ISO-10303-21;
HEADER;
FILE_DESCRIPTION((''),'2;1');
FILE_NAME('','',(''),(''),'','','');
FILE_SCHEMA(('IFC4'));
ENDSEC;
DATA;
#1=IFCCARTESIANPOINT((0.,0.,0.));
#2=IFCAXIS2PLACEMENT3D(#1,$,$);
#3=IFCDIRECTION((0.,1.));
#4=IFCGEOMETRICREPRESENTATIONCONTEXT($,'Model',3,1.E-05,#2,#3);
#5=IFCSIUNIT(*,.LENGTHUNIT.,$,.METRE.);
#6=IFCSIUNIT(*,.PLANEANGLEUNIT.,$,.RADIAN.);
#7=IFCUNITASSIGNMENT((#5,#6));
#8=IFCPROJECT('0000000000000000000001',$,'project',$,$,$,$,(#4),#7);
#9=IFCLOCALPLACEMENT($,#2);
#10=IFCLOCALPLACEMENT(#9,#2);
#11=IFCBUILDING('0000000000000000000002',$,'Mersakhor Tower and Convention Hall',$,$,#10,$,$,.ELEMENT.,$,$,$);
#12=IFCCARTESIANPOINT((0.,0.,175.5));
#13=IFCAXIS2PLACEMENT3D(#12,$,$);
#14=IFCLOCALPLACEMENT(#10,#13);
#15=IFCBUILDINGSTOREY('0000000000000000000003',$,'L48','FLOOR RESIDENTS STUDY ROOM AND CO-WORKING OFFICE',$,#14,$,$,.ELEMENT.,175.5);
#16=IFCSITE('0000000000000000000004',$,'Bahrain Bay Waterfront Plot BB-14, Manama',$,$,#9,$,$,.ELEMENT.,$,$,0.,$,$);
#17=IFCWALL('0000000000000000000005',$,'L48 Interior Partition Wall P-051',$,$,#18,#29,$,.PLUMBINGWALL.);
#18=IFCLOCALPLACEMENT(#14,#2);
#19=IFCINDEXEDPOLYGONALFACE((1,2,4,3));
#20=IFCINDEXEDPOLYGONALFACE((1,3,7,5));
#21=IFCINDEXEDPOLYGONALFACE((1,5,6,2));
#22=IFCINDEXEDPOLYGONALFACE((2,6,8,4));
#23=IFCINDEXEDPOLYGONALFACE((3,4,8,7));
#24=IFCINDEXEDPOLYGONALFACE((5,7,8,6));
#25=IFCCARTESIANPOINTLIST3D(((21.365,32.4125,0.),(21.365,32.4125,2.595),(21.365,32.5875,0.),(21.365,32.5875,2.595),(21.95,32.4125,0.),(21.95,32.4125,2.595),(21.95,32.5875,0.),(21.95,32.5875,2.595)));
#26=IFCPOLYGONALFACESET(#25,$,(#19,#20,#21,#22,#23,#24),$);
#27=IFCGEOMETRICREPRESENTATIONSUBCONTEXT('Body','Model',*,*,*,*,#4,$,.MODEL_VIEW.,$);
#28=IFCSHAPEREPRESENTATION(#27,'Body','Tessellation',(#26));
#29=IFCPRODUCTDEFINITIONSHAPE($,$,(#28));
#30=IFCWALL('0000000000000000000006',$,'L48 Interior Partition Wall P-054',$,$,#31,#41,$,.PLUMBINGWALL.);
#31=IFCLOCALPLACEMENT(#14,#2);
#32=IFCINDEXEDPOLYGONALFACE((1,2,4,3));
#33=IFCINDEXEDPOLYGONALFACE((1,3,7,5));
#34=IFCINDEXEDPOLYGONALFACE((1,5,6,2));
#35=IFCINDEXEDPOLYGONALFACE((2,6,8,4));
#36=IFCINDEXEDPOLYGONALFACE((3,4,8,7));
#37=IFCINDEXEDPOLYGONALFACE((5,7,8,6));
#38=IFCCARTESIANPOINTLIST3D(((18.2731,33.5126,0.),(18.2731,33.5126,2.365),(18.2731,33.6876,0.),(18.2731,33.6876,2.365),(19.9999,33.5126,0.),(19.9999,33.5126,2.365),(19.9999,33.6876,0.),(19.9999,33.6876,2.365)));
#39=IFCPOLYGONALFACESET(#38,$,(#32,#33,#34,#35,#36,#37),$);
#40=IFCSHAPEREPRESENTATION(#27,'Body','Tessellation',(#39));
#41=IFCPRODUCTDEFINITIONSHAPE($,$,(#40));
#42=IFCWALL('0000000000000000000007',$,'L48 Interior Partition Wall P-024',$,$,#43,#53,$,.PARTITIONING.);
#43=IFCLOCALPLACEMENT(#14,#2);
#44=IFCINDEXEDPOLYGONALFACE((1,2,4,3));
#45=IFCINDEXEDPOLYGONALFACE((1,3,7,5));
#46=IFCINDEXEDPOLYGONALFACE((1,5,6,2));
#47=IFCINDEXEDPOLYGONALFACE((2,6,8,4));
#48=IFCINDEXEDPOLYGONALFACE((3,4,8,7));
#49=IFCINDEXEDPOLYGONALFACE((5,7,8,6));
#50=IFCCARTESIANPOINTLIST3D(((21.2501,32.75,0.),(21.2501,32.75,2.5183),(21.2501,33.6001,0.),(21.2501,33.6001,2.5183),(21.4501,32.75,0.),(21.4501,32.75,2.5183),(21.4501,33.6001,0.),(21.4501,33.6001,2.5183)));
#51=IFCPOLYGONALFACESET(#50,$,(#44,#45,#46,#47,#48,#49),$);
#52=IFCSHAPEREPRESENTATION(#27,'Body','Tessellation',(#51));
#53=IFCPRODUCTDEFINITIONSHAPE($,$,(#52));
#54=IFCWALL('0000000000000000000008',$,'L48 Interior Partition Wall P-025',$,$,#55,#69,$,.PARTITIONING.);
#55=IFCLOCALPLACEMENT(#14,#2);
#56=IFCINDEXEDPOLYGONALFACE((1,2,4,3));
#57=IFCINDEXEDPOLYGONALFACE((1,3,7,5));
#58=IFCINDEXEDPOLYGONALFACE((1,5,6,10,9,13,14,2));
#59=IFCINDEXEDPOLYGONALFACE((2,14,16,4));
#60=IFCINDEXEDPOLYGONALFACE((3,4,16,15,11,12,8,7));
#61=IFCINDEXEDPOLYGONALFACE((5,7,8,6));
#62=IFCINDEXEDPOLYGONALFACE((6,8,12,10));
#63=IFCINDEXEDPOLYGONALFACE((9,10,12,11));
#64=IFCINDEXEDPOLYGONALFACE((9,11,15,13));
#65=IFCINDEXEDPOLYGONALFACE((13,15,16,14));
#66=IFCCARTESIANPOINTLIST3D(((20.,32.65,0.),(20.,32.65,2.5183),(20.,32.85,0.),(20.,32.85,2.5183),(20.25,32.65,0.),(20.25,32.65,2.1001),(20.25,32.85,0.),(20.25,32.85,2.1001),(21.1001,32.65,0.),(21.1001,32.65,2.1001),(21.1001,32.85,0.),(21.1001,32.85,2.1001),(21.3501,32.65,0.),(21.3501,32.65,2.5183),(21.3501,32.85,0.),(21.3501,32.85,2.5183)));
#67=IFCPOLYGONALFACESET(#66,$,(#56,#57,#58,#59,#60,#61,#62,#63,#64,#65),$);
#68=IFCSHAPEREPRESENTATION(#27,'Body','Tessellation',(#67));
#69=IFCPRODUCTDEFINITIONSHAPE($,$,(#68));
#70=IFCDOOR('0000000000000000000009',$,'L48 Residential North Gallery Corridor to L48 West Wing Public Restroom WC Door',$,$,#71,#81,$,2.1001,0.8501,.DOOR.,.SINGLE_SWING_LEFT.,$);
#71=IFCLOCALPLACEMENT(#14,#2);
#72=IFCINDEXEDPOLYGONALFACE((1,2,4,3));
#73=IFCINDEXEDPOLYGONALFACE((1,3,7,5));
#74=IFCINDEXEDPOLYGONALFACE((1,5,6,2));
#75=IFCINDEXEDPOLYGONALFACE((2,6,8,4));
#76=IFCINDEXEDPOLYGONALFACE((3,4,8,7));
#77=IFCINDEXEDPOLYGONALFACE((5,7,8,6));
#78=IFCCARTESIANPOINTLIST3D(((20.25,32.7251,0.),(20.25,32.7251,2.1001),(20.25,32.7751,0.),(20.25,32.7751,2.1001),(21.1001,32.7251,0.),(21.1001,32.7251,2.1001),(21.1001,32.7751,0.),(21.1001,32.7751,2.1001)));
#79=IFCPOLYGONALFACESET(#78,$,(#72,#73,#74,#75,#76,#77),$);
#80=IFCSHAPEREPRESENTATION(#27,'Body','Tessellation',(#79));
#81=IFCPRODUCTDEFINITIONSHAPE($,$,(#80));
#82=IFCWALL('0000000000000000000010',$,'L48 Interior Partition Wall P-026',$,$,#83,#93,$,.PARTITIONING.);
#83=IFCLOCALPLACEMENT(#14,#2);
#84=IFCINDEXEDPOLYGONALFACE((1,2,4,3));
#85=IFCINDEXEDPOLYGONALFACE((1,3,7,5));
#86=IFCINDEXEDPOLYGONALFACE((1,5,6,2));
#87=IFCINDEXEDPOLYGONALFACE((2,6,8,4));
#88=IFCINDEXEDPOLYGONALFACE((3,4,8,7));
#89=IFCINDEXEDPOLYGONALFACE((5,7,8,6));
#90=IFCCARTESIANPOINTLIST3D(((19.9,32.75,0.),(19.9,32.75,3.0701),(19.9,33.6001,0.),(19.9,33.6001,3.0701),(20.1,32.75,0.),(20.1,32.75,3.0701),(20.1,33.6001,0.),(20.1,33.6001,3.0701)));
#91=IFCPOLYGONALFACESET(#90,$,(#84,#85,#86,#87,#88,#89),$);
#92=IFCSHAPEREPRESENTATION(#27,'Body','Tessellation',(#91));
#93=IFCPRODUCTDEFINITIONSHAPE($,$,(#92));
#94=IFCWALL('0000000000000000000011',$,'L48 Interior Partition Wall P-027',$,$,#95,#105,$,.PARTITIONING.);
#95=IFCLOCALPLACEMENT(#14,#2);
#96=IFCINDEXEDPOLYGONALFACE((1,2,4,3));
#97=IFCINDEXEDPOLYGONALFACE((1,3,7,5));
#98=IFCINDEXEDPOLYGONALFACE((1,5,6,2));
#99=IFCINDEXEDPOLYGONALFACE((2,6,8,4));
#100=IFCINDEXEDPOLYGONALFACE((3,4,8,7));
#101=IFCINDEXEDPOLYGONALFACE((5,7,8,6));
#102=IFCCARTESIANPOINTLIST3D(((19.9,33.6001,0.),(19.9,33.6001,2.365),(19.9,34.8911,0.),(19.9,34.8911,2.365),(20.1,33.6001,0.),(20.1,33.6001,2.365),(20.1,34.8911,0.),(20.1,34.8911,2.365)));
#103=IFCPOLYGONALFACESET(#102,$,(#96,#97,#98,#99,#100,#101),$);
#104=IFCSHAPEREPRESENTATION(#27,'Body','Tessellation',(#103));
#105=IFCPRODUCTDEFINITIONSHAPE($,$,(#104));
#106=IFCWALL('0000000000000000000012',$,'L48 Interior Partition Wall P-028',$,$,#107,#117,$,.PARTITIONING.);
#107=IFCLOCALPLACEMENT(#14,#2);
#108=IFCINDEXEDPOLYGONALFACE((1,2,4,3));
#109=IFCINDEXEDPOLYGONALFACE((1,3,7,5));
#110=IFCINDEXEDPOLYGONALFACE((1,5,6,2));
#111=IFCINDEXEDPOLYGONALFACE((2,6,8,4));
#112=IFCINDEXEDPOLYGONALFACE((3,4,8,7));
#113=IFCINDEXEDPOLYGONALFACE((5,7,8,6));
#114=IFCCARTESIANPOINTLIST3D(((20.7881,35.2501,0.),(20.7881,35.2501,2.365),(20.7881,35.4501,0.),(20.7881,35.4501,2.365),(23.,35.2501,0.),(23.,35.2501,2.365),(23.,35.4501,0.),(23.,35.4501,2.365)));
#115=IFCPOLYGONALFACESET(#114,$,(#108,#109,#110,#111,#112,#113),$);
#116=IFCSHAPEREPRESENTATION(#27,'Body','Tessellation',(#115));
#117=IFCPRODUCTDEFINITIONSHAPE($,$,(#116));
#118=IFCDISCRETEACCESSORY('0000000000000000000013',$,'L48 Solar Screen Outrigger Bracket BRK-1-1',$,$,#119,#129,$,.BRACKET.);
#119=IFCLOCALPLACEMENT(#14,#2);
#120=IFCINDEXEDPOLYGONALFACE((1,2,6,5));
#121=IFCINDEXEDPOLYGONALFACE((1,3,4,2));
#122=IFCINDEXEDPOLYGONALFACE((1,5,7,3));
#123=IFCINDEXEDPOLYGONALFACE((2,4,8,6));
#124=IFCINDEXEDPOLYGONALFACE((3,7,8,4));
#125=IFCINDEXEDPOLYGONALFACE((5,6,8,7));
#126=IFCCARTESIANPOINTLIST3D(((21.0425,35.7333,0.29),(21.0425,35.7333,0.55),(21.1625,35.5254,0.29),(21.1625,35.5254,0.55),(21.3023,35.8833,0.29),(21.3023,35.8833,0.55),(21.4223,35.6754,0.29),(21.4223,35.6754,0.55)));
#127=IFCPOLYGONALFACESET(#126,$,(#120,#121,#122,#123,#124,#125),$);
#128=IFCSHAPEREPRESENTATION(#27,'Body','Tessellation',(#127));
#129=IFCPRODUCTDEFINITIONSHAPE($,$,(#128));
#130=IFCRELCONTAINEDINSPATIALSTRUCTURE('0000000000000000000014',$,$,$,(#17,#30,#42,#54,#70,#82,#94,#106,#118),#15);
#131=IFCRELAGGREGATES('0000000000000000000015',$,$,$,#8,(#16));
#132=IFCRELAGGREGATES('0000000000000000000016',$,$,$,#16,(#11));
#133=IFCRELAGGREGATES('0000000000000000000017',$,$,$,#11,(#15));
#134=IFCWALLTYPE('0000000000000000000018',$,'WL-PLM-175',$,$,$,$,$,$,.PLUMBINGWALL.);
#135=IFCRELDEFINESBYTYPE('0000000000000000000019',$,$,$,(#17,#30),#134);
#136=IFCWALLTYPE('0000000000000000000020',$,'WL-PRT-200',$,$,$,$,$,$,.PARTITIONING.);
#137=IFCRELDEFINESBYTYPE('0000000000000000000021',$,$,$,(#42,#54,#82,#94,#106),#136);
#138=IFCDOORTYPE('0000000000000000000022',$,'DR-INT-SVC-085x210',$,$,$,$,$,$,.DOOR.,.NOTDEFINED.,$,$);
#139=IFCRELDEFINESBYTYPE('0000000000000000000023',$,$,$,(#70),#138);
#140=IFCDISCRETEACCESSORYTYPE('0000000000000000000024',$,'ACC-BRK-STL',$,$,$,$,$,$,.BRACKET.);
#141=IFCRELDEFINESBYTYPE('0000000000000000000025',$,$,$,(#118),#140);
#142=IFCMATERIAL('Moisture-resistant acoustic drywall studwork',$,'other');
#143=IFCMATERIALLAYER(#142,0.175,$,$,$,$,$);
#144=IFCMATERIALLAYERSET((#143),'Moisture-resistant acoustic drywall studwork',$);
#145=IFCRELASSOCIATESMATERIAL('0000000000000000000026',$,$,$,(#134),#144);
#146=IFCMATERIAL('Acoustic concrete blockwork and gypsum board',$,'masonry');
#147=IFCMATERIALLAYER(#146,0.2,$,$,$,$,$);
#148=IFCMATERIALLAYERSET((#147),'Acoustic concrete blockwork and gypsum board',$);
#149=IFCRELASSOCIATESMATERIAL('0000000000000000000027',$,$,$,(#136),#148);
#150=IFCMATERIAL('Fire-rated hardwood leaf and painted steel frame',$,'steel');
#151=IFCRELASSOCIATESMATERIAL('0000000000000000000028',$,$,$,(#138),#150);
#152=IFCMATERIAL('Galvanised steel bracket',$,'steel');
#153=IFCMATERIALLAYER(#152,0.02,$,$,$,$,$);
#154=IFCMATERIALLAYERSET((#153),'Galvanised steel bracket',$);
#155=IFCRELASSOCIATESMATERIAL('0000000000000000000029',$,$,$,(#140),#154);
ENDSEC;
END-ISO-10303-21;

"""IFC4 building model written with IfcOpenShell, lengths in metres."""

from ifc_helpers import new_model, si_unit, direction, frame, frame_2d, origin, origin_2d, place, context, subcontext, project, spatial, rectangle, extrude, material, layer, layer_set, type_object, element, fill, save


model = new_model("IFC4")

# Units and contexts
model_context = context("Model", 3, precision=1e-05, world=origin(), true_north=direction((0.0, 1.0)))
body_context = subcontext(model_context, "Body", "Model", "MODEL_VIEW")
ifc_project = project(units=[si_unit("LENGTHUNIT", "METRE"), si_unit("PLANEANGLEUNIT", "RADIAN")], contexts=[model_context])

# Site, building, storey
site_placement = place(None, origin())
site = spatial("IfcSite", under=ifc_project, at=site_placement, Name="Bahrain Bay Waterfront Plot BB-14, Manama", CompositionType="ELEMENT", RefElevation=0.0)
building_placement = place(site_placement, origin())
building = spatial("IfcBuilding", under=site, at=building_placement, Name="Mersakhor Tower and Convention Hall", CompositionType="ELEMENT")
storey_placement = place(building_placement, frame((0.0, 0.0, 175.5)))
storey = spatial("IfcBuildingStorey", under=building, at=storey_placement, Name="L48", Description="FLOOR RESIDENTS STUDY ROOM AND CO-WORKING OFFICE", CompositionType="ELEMENT", Elevation=175.5)

# Walls
ifc_material_1 = material(Name="Moisture-resistant acoustic drywall studwork", Category="other")
ifc_layer_1 = layer(ifc_material_1, 0.175)
ifc_layer_set_1 = layer_set([ifc_layer_1], Name="Moisture-resistant acoustic drywall studwork")
wall_type_1 = type_object("IfcWallType", Name="WL-PLM-175", PredefinedType="PLUMBINGWALL", material=ifc_layer_set_1)
wall_1_placement = place(storey_placement, frame((21.365, 32.5, 0.0), z_axis=(0.0, 0.0, 1.0), x_axis=(1.0, 0.0, 0.0)))
element("IfcWall", 1, at=wall_1_placement, inside=storey, type_object=wall_type_1, Name="L48 Interior Partition Wall P-051", PredefinedType="PLUMBINGWALL", context=body_context, shape_type="SweptSolid", body=[
    extrude(rectangle(XDim=0.585, YDim=0.175, at=frame_2d((0.2925, 0.0))), origin(), (0.0, 0.0, 1.0), 2.595),
])
wall_2_placement = place(storey_placement, frame((18.2732, 33.6001, 0.0), z_axis=(0.0, 0.0, 1.0), x_axis=(1.0, 0.0, 0.0)))
element("IfcWall", 2, at=wall_2_placement, inside=storey, type_object=wall_type_1, Name="L48 Interior Partition Wall P-054", PredefinedType="PLUMBINGWALL", context=body_context, shape_type="SweptSolid", body=[
    extrude(rectangle(XDim=1.7268, YDim=0.175, at=frame_2d((0.8633, 0.0))), origin(), (0.0, 0.0, 1.0), 2.365),
])
ifc_material_2 = material(Name="Acoustic concrete blockwork and gypsum board", Category="masonry")
ifc_layer_2 = layer(ifc_material_2, 0.2)
ifc_layer_set_2 = layer_set([ifc_layer_2], Name="Acoustic concrete blockwork and gypsum board")
wall_type_2 = type_object("IfcWallType", Name="WL-PRT-200", PredefinedType="PARTITIONING", material=ifc_layer_set_2)
wall_3_placement = place(storey_placement, frame((21.3501, 33.6001, 0.0), z_axis=(0.0, 0.0, 1.0), x_axis=(0.0, -1.0, 0.0)))
element("IfcWall", 3, at=wall_3_placement, inside=storey, type_object=wall_type_2, Name="L48 Interior Partition Wall P-024", PredefinedType="PARTITIONING", context=body_context, shape_type="SweptSolid", body=[
    extrude(rectangle(XDim=0.8501, YDim=0.2, at=frame_2d((0.425, 0.0))), origin(), (0.0, 0.0, 1.0), 2.5183),
])

# Wall, opening, door
wall_4_placement = place(storey_placement, frame((21.3501, 32.75, 0.0), z_axis=(0.0, 0.0, 1.0), x_axis=(-1.0, 0.0, 0.0)))
wall_4 = element("IfcWall", 4, at=wall_4_placement, inside=storey, type_object=wall_type_2, Name="L48 Interior Partition Wall P-025", PredefinedType="PARTITIONING", context=body_context, shape_type="SweptSolid", body=[
    extrude(rectangle(XDim=1.3501, YDim=0.2, at=frame_2d((0.675, 0.0))), origin(), (0.0, 0.0, 1.0), 2.5183),
])
opening_placement = place(wall_4_placement, frame((0.25, 0.0, 0.0)))
opening = element("IfcOpeningElement", 5, at=opening_placement, cuts=wall_4, PredefinedType="OPENING", context=body_context, shape_type="SweptSolid", body=[
    extrude(rectangle(XDim=0.8501, YDim=2.1001, at=frame_2d((0.425, 1.05))), frame((0.0, 0.1099, 0.0), z_axis=(0.0, -1.0, 0.0), x_axis=(1.0, 0.0, 0.0)), (0.0, 0.0, 1.0), 0.22),
])
ifc_material_3 = material(Name="Fire-rated hardwood leaf and painted steel frame", Category="steel")
door_type = type_object("IfcDoorType", Name="DR-INT-SVC-085x210", OperationType="NOTDEFINED", PredefinedType="DOOR", material=ifc_material_3)
door_placement = place(opening_placement, origin())
door = element("IfcDoor", 6, at=door_placement, inside=storey, type_object=door_type, Name="L48 Residential North Gallery Corridor to L48 West Wing Public Restroom WC Door", OperationType="SINGLE_SWING_LEFT", OverallHeight=2.1001, OverallWidth=0.8501, PredefinedType="DOOR", context=body_context, shape_type="SweptSolid", body=[
    extrude(rectangle(XDim=0.8501, YDim=2.1001, at=frame_2d((0.425, 1.05))), frame((0.0, 0.0249, 0.0), z_axis=(0.0, -1.0, 0.0), x_axis=(1.0, 0.0, 0.0)), (0.0, 0.0, 1.0), 0.05),
])
fill(opening, door)

# Walls
wall_5_placement = place(storey_placement, frame((20.0, 32.75, 0.0), z_axis=(0.0, 0.0, 1.0), x_axis=(0.0, 1.0, 0.0)))
element("IfcWall", 7, at=wall_5_placement, inside=storey, type_object=wall_type_2, Name="L48 Interior Partition Wall P-026", PredefinedType="PARTITIONING", context=body_context, shape_type="SweptSolid", body=[
    extrude(rectangle(XDim=0.8501, YDim=0.2, at=frame_2d((0.425, 0.0))), origin(), (0.0, 0.0, 1.0), 3.0701),
])
wall_6_placement = place(storey_placement, frame((20.0, 33.6001, 0.0), z_axis=(0.0, 0.0, 1.0), x_axis=(0.0, 1.0, 0.0)))
element("IfcWall", 8, at=wall_6_placement, inside=storey, type_object=wall_type_2, Name="L48 Interior Partition Wall P-027", PredefinedType="PARTITIONING", context=body_context, shape_type="SweptSolid", body=[
    extrude(rectangle(XDim=1.291, YDim=0.2, at=frame_2d((0.6455, 0.0))), origin(), (0.0, 0.0, 1.0), 2.365),
])
wall_7_placement = place(storey_placement, frame((20.7881, 35.3501, 0.0), z_axis=(0.0, 0.0, 1.0), x_axis=(1.0, 0.0, 0.0)))
element("IfcWall", 9, at=wall_7_placement, inside=storey, type_object=wall_type_2, Name="L48 Interior Partition Wall P-028", PredefinedType="PARTITIONING", context=body_context, shape_type="SweptSolid", body=[
    extrude(rectangle(XDim=2.2119, YDim=0.2, at=frame_2d((1.106, 0.0))), origin(), (0.0, 0.0, 1.0), 2.365),
])

# Discrete accessory
ifc_material_4 = material(Name="Galvanised steel bracket", Category="steel")
ifc_layer_3 = layer(ifc_material_4, 0.02)
ifc_layer_set_3 = layer_set([ifc_layer_3], Name="Galvanised steel bracket")
discrete_accessory_type = type_object("IfcDiscreteAccessoryType", Name="ACC-BRK-STL", PredefinedType="BRACKET", material=ifc_layer_set_3)
discrete_accessory_placement = place(storey_placement, frame((21.2324, 35.7043, 0.29), z_axis=(0.0, 0.0, 1.0), x_axis=(0.866025, 0.5, 0.0)))
element("IfcDiscreteAccessory", 10, at=discrete_accessory_placement, inside=storey, type_object=discrete_accessory_type, Name="L48 Solar Screen Outrigger Bracket BRK-1-1", PredefinedType="BRACKET", context=body_context, shape_type="SweptSolid", body=[
    extrude(rectangle(XDim=0.3, YDim=0.24, at=origin_2d()), origin(), (0.0, 0.0, 1.0), 0.26),
])

save(model, "model.ifc")
